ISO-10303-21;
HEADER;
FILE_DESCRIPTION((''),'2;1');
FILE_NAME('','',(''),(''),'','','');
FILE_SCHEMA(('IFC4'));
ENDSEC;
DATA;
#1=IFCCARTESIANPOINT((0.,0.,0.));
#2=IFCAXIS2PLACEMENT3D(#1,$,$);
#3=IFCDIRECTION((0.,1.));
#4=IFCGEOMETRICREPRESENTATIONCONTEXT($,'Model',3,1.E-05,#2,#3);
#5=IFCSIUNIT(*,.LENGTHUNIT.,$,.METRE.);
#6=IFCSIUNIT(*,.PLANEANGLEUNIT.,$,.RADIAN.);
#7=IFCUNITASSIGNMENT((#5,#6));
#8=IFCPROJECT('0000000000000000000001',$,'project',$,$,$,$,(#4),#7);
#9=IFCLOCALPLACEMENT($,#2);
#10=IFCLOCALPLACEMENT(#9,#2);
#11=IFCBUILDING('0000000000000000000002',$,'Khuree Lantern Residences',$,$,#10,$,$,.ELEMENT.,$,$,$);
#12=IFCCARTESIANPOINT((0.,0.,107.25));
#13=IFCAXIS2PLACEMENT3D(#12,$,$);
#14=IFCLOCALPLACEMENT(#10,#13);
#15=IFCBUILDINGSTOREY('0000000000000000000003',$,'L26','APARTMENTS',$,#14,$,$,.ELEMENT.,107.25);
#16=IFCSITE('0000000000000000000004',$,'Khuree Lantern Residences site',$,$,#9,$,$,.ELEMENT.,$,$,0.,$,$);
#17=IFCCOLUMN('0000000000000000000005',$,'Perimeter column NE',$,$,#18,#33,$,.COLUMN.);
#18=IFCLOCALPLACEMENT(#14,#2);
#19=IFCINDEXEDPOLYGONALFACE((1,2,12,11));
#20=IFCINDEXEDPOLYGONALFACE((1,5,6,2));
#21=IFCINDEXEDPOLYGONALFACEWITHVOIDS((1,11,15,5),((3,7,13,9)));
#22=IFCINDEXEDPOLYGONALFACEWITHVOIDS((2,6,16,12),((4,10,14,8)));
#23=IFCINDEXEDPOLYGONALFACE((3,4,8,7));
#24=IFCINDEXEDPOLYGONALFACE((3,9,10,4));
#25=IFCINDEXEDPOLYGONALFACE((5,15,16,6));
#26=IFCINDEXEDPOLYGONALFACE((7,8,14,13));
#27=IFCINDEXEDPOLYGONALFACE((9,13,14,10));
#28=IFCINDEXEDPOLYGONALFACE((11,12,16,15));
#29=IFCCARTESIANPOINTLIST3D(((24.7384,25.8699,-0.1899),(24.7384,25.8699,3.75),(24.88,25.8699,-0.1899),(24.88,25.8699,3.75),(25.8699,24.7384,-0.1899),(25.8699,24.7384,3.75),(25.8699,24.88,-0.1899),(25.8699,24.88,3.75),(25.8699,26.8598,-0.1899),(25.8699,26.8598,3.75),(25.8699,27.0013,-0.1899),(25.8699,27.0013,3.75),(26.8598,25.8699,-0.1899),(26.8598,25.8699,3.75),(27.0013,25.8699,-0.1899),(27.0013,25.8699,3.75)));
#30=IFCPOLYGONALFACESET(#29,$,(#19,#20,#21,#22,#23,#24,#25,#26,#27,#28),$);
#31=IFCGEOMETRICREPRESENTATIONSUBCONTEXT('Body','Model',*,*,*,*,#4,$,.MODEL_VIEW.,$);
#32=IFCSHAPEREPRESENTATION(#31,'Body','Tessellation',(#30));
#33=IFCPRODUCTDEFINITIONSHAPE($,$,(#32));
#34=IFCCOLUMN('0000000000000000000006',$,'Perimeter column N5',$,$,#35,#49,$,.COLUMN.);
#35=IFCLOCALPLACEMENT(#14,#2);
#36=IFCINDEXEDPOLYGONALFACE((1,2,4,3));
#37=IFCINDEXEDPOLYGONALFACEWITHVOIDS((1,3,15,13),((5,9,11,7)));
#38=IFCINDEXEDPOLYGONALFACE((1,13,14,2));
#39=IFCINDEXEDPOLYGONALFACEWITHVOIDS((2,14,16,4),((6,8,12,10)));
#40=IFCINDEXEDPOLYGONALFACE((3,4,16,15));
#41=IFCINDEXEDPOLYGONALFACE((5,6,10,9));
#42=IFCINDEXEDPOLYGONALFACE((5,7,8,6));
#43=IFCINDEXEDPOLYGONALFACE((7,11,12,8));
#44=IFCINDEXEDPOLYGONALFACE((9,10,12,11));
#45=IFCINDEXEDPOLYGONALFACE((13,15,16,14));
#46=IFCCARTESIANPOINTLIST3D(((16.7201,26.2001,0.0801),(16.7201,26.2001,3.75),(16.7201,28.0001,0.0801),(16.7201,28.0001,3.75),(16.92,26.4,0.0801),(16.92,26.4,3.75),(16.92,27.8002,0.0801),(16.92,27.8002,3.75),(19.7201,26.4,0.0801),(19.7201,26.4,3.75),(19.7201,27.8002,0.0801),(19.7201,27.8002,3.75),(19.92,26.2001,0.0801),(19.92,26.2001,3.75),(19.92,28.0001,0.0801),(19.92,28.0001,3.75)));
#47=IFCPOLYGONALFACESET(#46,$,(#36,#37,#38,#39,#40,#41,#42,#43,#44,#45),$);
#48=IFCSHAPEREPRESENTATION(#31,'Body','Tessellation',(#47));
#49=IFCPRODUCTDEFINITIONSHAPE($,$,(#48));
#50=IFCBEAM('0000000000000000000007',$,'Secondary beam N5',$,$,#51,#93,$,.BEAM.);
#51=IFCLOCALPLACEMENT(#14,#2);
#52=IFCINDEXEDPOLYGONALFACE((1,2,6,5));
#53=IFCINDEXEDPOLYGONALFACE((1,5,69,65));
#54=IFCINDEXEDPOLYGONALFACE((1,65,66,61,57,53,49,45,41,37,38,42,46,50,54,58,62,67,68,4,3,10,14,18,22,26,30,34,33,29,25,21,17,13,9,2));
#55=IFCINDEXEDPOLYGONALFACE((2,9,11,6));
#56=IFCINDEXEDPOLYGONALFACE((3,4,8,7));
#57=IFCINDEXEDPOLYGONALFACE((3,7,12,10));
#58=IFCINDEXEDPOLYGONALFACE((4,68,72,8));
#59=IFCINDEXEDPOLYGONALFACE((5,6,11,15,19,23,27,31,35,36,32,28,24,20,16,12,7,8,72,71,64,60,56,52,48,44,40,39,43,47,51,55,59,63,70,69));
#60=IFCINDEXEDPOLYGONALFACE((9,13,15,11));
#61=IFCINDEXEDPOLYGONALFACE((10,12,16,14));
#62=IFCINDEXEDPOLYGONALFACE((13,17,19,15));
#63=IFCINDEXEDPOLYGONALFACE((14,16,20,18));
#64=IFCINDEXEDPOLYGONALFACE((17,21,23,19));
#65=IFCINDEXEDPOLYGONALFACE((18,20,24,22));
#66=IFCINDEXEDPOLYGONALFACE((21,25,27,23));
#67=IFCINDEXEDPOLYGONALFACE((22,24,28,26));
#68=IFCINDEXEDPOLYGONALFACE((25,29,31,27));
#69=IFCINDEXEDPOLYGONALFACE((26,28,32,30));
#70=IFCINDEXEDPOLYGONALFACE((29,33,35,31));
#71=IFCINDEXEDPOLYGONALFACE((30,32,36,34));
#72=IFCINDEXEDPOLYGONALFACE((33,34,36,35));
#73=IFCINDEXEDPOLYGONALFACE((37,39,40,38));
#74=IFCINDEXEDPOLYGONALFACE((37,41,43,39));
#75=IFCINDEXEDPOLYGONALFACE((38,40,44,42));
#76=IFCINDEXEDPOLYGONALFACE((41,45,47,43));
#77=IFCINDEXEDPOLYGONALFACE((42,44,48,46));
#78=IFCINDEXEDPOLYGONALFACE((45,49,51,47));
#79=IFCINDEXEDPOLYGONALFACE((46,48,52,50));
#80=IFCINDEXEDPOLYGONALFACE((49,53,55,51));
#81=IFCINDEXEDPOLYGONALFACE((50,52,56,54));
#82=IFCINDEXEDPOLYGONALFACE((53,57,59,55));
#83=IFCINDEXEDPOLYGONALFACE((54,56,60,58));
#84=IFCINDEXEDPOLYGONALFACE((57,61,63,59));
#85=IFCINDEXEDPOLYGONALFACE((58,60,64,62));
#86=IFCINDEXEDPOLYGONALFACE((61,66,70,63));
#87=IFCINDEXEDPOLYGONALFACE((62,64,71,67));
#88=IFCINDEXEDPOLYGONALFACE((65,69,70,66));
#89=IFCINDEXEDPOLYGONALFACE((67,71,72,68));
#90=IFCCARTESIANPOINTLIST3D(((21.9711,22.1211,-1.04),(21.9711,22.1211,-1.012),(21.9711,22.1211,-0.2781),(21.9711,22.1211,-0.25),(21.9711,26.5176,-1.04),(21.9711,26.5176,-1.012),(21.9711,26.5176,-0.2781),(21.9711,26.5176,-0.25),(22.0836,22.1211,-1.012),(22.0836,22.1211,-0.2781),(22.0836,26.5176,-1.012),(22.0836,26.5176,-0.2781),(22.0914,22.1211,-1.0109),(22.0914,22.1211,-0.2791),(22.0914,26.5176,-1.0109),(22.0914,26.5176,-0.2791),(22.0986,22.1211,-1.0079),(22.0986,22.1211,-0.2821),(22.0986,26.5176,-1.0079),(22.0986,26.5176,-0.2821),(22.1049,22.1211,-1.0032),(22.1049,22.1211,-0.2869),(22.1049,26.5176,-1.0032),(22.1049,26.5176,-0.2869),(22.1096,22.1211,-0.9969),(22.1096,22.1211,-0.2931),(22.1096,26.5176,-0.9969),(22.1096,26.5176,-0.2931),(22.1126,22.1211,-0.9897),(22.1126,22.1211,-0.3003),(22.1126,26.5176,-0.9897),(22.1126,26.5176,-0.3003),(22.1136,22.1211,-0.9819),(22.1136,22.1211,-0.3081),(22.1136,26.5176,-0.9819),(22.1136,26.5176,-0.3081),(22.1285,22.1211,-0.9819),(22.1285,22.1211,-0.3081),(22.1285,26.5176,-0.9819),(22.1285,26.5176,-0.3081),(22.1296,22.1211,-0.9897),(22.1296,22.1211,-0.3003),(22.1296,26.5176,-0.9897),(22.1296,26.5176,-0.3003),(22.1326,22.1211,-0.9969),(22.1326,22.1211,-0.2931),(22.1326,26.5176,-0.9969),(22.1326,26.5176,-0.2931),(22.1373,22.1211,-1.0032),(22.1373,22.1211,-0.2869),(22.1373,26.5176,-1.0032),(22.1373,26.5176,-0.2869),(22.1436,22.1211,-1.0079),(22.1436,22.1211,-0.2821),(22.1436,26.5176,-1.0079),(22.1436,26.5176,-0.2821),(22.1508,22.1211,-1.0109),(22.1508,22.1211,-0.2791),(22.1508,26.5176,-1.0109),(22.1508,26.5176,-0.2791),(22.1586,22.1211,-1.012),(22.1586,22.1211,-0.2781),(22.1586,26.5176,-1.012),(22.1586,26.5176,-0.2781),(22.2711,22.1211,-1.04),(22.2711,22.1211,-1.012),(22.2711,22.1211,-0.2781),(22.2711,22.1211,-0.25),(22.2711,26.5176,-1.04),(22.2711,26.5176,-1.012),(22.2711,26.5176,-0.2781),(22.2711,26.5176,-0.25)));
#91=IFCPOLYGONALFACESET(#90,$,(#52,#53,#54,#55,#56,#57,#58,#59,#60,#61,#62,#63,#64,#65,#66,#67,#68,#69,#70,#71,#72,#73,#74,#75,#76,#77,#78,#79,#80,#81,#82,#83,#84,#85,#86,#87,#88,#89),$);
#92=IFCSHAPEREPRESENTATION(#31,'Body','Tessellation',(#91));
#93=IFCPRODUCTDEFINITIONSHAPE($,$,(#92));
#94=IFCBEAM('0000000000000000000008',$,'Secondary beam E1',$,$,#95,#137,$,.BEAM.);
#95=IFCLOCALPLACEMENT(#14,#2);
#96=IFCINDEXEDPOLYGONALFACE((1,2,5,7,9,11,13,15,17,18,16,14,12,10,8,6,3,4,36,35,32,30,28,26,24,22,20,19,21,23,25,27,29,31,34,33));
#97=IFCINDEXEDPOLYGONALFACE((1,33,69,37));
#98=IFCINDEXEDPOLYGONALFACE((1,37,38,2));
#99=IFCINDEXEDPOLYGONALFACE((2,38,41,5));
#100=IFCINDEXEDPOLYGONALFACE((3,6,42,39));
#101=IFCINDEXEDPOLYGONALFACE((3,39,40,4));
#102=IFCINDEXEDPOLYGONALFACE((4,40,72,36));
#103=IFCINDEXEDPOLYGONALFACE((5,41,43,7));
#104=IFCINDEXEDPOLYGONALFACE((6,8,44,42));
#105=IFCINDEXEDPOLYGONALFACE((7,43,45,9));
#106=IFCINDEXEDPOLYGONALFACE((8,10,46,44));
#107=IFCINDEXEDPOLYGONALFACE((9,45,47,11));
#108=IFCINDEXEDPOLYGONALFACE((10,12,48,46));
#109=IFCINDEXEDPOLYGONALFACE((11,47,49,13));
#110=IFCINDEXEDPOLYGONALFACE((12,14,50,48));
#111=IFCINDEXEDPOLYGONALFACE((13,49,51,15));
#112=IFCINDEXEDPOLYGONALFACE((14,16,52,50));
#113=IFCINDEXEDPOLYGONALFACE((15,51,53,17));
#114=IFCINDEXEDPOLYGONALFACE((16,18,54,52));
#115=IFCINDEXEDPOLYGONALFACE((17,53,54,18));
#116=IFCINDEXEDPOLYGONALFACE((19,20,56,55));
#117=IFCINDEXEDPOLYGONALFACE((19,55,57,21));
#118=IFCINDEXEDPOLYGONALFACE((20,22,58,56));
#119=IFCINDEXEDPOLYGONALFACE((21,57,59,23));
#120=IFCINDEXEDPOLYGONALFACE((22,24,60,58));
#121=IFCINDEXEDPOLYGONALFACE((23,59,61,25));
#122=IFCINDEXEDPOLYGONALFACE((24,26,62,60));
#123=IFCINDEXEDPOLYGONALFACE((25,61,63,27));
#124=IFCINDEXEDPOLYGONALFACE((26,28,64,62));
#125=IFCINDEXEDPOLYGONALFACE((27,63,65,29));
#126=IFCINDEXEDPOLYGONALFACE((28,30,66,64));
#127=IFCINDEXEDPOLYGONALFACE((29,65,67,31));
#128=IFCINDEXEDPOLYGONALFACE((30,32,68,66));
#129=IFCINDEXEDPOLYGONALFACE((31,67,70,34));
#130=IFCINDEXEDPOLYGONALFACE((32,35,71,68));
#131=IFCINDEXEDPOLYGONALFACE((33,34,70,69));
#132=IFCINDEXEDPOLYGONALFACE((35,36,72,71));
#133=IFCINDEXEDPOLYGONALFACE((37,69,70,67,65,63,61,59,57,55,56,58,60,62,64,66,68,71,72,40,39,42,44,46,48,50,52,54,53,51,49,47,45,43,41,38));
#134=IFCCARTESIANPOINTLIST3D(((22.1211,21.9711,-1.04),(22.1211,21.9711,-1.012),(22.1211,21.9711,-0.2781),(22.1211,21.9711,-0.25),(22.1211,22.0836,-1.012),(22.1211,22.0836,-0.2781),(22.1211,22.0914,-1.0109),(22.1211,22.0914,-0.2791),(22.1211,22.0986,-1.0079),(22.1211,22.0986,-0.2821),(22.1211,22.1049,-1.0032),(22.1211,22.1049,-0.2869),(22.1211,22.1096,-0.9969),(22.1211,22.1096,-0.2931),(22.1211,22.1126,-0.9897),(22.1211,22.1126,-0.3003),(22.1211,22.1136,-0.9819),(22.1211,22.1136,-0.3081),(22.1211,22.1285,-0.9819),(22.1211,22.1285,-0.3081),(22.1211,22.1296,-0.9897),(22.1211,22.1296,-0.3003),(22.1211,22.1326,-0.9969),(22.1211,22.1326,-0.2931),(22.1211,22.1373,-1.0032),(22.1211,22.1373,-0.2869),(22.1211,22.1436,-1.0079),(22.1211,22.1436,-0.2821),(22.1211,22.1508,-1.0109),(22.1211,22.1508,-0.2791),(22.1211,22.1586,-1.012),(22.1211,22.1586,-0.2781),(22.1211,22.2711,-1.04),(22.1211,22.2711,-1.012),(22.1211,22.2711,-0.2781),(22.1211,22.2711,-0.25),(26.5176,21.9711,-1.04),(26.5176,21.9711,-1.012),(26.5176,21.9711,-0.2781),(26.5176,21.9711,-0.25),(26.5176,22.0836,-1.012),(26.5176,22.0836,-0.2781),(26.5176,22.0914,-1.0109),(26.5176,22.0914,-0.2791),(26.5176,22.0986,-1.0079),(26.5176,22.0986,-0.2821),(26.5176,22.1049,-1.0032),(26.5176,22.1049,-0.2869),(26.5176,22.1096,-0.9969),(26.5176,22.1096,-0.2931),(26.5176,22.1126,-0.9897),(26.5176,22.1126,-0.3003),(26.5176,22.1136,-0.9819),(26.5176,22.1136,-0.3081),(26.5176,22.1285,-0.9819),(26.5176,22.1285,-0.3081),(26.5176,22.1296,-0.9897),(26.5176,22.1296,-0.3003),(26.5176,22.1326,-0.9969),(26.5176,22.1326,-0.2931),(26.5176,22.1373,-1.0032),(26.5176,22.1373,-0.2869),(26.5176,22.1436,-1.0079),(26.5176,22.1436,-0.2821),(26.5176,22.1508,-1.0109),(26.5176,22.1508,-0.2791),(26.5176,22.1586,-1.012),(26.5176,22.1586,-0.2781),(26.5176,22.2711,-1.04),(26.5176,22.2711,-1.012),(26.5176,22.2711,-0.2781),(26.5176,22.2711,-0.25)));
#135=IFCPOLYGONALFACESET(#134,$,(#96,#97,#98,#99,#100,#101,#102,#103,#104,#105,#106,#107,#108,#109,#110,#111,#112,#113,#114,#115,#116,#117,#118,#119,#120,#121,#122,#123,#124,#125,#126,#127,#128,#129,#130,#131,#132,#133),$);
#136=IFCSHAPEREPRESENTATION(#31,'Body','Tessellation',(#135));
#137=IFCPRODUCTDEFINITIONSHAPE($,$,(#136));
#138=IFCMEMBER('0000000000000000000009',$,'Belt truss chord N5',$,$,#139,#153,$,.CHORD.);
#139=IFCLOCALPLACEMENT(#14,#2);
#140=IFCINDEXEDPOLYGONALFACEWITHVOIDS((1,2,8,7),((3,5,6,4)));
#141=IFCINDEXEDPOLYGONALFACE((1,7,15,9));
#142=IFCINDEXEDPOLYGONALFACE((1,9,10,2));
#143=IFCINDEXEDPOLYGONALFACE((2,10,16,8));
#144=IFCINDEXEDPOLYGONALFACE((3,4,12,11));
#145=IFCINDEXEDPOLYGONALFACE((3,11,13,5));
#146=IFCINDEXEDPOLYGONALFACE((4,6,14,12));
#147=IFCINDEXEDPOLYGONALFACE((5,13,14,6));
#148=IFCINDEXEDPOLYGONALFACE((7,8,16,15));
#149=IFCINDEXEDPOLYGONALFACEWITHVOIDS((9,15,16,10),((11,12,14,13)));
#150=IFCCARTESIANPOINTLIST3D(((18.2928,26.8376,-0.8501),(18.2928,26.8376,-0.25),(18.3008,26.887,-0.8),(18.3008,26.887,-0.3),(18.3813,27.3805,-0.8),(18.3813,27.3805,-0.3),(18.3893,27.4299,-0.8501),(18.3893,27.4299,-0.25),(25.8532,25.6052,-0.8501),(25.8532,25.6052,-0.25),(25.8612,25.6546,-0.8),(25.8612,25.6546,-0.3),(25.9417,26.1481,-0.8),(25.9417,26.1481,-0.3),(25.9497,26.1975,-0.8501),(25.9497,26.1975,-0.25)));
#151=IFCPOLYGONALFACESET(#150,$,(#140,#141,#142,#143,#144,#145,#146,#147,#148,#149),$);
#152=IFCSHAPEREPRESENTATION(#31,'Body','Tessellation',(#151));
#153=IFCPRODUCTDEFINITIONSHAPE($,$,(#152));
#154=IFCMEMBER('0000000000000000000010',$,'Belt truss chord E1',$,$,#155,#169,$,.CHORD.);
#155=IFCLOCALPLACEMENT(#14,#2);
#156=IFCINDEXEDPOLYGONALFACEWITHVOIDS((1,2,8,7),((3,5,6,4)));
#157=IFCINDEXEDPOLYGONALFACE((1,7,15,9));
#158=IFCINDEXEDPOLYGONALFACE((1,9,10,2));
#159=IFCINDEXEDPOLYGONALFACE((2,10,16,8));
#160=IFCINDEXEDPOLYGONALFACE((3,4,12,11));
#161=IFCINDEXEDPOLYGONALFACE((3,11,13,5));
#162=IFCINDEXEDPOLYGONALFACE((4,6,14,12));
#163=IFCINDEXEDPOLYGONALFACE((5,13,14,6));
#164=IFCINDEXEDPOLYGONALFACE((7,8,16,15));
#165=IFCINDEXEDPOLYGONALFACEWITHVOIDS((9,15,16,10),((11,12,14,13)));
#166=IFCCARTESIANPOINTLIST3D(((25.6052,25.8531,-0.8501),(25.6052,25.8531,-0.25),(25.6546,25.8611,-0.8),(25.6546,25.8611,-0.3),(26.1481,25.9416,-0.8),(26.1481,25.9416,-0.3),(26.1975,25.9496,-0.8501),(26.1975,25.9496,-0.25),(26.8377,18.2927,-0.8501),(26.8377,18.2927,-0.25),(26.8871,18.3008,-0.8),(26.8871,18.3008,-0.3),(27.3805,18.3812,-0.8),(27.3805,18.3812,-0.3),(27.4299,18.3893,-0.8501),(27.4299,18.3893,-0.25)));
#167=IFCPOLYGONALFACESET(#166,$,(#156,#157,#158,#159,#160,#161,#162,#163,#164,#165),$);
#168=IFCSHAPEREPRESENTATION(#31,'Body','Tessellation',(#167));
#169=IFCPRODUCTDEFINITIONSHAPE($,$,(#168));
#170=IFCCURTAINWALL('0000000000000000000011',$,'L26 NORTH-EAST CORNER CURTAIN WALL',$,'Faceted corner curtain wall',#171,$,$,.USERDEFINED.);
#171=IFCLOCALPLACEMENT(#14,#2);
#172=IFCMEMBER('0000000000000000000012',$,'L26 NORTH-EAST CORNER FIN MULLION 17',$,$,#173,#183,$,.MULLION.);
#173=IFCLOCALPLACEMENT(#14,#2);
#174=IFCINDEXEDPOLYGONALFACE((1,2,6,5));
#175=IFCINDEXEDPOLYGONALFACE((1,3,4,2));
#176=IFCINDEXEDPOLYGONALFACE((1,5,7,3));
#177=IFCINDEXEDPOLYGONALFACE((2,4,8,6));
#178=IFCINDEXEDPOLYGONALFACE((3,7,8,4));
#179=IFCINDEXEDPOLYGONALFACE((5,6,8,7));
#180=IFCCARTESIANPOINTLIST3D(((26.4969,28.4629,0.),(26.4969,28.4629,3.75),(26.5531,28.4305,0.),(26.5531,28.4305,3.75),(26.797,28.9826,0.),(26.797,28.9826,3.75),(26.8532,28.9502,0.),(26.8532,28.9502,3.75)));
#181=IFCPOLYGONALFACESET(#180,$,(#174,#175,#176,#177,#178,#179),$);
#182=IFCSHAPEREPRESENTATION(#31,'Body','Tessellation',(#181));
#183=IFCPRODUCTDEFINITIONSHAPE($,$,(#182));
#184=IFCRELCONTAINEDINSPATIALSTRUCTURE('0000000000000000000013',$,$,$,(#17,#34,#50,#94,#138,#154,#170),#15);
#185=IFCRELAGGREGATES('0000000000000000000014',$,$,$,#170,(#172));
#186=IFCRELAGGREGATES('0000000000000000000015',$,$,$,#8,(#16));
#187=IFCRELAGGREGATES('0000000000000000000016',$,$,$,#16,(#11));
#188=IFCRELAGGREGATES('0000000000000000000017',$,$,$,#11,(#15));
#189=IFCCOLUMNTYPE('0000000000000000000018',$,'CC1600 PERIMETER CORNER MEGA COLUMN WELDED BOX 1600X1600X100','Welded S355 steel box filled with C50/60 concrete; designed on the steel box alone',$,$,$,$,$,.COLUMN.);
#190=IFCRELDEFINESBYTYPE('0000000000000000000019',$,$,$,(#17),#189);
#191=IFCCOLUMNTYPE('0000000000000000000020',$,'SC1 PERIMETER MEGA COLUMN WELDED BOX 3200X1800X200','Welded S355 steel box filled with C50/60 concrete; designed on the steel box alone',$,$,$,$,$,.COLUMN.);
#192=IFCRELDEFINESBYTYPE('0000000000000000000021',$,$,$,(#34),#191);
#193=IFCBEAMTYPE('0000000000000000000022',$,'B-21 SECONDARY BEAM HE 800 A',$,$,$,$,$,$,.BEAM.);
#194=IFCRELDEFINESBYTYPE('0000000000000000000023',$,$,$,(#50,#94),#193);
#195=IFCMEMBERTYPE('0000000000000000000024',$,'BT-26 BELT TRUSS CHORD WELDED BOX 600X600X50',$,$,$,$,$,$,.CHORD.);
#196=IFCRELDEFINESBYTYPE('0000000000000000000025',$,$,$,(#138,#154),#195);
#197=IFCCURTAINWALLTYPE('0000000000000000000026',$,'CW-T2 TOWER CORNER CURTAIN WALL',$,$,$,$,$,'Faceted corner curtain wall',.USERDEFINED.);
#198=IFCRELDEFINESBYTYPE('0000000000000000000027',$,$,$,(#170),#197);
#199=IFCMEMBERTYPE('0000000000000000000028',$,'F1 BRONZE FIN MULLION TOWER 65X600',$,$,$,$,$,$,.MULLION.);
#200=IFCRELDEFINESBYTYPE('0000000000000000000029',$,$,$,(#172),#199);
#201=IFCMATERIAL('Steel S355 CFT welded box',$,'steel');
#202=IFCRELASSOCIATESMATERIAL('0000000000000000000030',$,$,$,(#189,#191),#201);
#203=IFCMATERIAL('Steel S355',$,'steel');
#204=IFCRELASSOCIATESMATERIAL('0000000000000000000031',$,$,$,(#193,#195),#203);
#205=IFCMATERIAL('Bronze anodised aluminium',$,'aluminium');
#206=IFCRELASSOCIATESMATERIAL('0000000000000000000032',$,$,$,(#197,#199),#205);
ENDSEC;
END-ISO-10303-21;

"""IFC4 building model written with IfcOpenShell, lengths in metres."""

from ifc_helpers import new_model, si_unit, direction, frame, origin, origin_2d, place, context, subcontext, project, spatial, rectangle, hollow_rectangle, i_section, extrude, material, material_profile, profile_set, type_object, element, aggregate, save


model = new_model("IFC4")

# Units and contexts
model_context = context("Model", 3, precision=1e-05, world=origin(), true_north=direction((0.0, 1.0)))
body_context = subcontext(model_context, "Body", "Model", "MODEL_VIEW")
ifc_project = project(units=[si_unit("LENGTHUNIT", "METRE"), si_unit("PLANEANGLEUNIT", "RADIAN")], contexts=[model_context])

# Site, building, storey
site_placement = place(None, origin())
site = spatial("IfcSite", under=ifc_project, at=site_placement, Name="Khuree Lantern Residences site", CompositionType="ELEMENT", RefElevation=0.0)
building_placement = place(site_placement, origin())
building = spatial("IfcBuilding", under=site, at=building_placement, Name="Khuree Lantern Residences", CompositionType="ELEMENT")
storey_placement = place(building_placement, frame((0.0, 0.0, 107.25)))
storey = spatial("IfcBuildingStorey", under=building, at=storey_placement, Name="L26", Description="APARTMENTS", CompositionType="ELEMENT", Elevation=107.25)

# Columns
ifc_material_1 = material(Name="Steel S355 CFT welded box", Category="steel")
ifc_material_profile_1 = material_profile(ifc_material_1, hollow_rectangle(XDim=1.6001, YDim=1.6001, WallThickness=0.1001, at=origin_2d()), Name="WELDED BOX 1600X1600X100")
ifc_profile_set_1 = profile_set([ifc_material_profile_1], Name="Steel S355 CFT welded box")
column_type_1 = type_object("IfcColumnType", Name="CC1600 PERIMETER CORNER MEGA COLUMN WELDED BOX 1600X1600X100", Description="Welded S355 steel box filled with C50/60 concrete; designed on the steel box alone", PredefinedType="COLUMN", material=ifc_profile_set_1)
column_1_placement = place(storey_placement, frame((25.8699, 25.8699, -0.1899), z_axis=(0.0, 0.0, 1.0), x_axis=(0.707107, -0.707107, 0.0)))
element("IfcColumn", 1, at=column_1_placement, inside=storey, type_object=column_type_1, Name="Perimeter column NE", PredefinedType="COLUMN", context=body_context, shape_type="SweptSolid", body=[
    extrude(hollow_rectangle(XDim=1.6001, YDim=1.6001, WallThickness=0.1001, at=origin_2d()), origin(), (0.0, 0.0, 1.0), 3.9399),
])
ifc_material_profile_2 = material_profile(ifc_material_1, hollow_rectangle(XDim=3.2, YDim=1.8, WallThickness=0.2, at=origin_2d()), Name="WELDED BOX 3200X1800X200")
ifc_profile_set_2 = profile_set([ifc_material_profile_2], Name="Steel S355 CFT welded box")
column_type_2 = type_object("IfcColumnType", Name="SC1 PERIMETER MEGA COLUMN WELDED BOX 3200X1800X200", Description="Welded S355 steel box filled with C50/60 concrete; designed on the steel box alone", PredefinedType="COLUMN", material=ifc_profile_set_2)
column_2_placement = place(storey_placement, frame((18.3201, 27.1001, 0.0801), z_axis=(0.0, 0.0, 1.0), x_axis=(1.0, 0.0, 0.0)))
element("IfcColumn", 2, at=column_2_placement, inside=storey, type_object=column_type_2, Name="Perimeter column N5", PredefinedType="COLUMN", context=body_context, shape_type="SweptSolid", body=[
    extrude(hollow_rectangle(XDim=3.2, YDim=1.8, WallThickness=0.2, at=origin_2d()), origin(), (0.0, 0.0, 1.0), 3.6699),
])

# Beams
ifc_material_2 = material(Name="Steel S355", Category="steel")
ifc_material_profile_3 = material_profile(ifc_material_2, i_section(OverallWidth=0.3, OverallDepth=0.79, WebThickness=0.0149, FlangeThickness=0.0281, FilletRadius=0.03, at=origin_2d()), Name="HE 800 A")
ifc_profile_set_3 = profile_set([ifc_material_profile_3], Name="Steel S355")
beam_type_1 = type_object("IfcBeamType", Name="B-21 SECONDARY BEAM HE 800 A", PredefinedType="BEAM", material=ifc_profile_set_3)
for number, where, z_axis, x_axis, name in (
    (3, (22.1211, 26.5176, -0.645), (0.0, -1.0, 0.0), (1.0, 0.0, 0.0), "Secondary beam N5"),
    (4, (26.5176, 22.1211, -0.645), (-1.0, 0.0, 0.0), (0.0, -1.0, 0.0), "Secondary beam E1"),
):
    element("IfcBeam", number, at=place(storey_placement, frame(where, z_axis=z_axis, x_axis=x_axis)), inside=storey, type_object=beam_type_1, Name=name, PredefinedType="BEAM", context=body_context, shape_type="SweptSolid", body=[
        extrude(i_section(OverallWidth=0.3, OverallDepth=0.79, WebThickness=0.0149, FlangeThickness=0.0281, FilletRadius=0.03, at=origin_2d()), origin(), (0.0, 0.0, 1.0), 4.3965),
    ])

# Members
ifc_material_profile_4 = material_profile(ifc_material_2, hollow_rectangle(XDim=0.6001, YDim=0.6001, WallThickness=0.05, at=origin_2d()), Name="WELDED BOX 600X600X50")
ifc_profile_set_4 = profile_set([ifc_material_profile_4], Name="Steel S355")
member_type_1 = type_object("IfcMemberType", Name="BT-26 BELT TRUSS CHORD WELDED BOX 600X600X50", PredefinedType="CHORD", material=ifc_profile_set_4)
for number, where, z_axis, x_axis, name in (
    (5, (18.3411, 27.1338, -0.55), (0.986973, -0.160889, 0.0), (0.160889, 0.986973, 0.0), "Belt truss chord N5"),
    (6, (25.9014, 25.9014, -0.55), (0.160889, -0.986973, 0.0), (0.986973, 0.160889, 0.0), "Belt truss chord E1"),
):
    element("IfcMember", number, at=place(storey_placement, frame(where, z_axis=z_axis, x_axis=x_axis)), inside=storey, type_object=member_type_1, Name=name, PredefinedType="CHORD", context=body_context, shape_type="SweptSolid", body=[
        extrude(hollow_rectangle(XDim=0.6001, YDim=0.6001, WallThickness=0.05, at=origin_2d()), origin(), (0.0, 0.0, 1.0), 7.6602),
    ])

# Curtain wall, member
ifc_material_3 = material(Name="Bronze anodised aluminium", Category="aluminium")
curtain_wall_type_1 = type_object("IfcCurtainWallType", Name="CW-T2 TOWER CORNER CURTAIN WALL", ElementType="Faceted corner curtain wall", PredefinedType="USERDEFINED", material=ifc_material_3)
curtain_wall_1_placement = place(storey_placement, origin())
curtain_wall_1 = element("IfcCurtainWall", 7, at=curtain_wall_1_placement, inside=storey, type_object=curtain_wall_type_1, Name="L26 NORTH-EAST CORNER CURTAIN WALL", ObjectType="Faceted corner curtain wall", PredefinedType="USERDEFINED")
ifc_material_profile_5 = material_profile(ifc_material_3, rectangle(XDim=0.0649, YDim=0.6001, at=origin_2d()), Name="F1 65X600")
ifc_profile_set_5 = profile_set([ifc_material_profile_5], Name="Bronze anodised aluminium")
member_type_2 = type_object("IfcMemberType", Name="F1 BRONZE FIN MULLION TOWER 65X600", PredefinedType="MULLION", material=ifc_profile_set_5)
member_1_placement = place(storey_placement, frame((26.675, 28.7065, 0.0), z_axis=(0.0, 0.0, 1.0), x_axis=(-0.866025, 0.5, 0.0)))
member_1 = element("IfcMember", 8, at=member_1_placement, type_object=member_type_2, Name="L26 NORTH-EAST CORNER FIN MULLION 17", PredefinedType="MULLION", context=body_context, shape_type="SweptSolid", body=[
    extrude(rectangle(XDim=0.0649, YDim=0.6001, at=origin_2d()), origin(), (0.0, 0.0, 1.0), 3.75),
])

aggregate(curtain_wall_1, [member_1])

save(model, "model.ifc")
